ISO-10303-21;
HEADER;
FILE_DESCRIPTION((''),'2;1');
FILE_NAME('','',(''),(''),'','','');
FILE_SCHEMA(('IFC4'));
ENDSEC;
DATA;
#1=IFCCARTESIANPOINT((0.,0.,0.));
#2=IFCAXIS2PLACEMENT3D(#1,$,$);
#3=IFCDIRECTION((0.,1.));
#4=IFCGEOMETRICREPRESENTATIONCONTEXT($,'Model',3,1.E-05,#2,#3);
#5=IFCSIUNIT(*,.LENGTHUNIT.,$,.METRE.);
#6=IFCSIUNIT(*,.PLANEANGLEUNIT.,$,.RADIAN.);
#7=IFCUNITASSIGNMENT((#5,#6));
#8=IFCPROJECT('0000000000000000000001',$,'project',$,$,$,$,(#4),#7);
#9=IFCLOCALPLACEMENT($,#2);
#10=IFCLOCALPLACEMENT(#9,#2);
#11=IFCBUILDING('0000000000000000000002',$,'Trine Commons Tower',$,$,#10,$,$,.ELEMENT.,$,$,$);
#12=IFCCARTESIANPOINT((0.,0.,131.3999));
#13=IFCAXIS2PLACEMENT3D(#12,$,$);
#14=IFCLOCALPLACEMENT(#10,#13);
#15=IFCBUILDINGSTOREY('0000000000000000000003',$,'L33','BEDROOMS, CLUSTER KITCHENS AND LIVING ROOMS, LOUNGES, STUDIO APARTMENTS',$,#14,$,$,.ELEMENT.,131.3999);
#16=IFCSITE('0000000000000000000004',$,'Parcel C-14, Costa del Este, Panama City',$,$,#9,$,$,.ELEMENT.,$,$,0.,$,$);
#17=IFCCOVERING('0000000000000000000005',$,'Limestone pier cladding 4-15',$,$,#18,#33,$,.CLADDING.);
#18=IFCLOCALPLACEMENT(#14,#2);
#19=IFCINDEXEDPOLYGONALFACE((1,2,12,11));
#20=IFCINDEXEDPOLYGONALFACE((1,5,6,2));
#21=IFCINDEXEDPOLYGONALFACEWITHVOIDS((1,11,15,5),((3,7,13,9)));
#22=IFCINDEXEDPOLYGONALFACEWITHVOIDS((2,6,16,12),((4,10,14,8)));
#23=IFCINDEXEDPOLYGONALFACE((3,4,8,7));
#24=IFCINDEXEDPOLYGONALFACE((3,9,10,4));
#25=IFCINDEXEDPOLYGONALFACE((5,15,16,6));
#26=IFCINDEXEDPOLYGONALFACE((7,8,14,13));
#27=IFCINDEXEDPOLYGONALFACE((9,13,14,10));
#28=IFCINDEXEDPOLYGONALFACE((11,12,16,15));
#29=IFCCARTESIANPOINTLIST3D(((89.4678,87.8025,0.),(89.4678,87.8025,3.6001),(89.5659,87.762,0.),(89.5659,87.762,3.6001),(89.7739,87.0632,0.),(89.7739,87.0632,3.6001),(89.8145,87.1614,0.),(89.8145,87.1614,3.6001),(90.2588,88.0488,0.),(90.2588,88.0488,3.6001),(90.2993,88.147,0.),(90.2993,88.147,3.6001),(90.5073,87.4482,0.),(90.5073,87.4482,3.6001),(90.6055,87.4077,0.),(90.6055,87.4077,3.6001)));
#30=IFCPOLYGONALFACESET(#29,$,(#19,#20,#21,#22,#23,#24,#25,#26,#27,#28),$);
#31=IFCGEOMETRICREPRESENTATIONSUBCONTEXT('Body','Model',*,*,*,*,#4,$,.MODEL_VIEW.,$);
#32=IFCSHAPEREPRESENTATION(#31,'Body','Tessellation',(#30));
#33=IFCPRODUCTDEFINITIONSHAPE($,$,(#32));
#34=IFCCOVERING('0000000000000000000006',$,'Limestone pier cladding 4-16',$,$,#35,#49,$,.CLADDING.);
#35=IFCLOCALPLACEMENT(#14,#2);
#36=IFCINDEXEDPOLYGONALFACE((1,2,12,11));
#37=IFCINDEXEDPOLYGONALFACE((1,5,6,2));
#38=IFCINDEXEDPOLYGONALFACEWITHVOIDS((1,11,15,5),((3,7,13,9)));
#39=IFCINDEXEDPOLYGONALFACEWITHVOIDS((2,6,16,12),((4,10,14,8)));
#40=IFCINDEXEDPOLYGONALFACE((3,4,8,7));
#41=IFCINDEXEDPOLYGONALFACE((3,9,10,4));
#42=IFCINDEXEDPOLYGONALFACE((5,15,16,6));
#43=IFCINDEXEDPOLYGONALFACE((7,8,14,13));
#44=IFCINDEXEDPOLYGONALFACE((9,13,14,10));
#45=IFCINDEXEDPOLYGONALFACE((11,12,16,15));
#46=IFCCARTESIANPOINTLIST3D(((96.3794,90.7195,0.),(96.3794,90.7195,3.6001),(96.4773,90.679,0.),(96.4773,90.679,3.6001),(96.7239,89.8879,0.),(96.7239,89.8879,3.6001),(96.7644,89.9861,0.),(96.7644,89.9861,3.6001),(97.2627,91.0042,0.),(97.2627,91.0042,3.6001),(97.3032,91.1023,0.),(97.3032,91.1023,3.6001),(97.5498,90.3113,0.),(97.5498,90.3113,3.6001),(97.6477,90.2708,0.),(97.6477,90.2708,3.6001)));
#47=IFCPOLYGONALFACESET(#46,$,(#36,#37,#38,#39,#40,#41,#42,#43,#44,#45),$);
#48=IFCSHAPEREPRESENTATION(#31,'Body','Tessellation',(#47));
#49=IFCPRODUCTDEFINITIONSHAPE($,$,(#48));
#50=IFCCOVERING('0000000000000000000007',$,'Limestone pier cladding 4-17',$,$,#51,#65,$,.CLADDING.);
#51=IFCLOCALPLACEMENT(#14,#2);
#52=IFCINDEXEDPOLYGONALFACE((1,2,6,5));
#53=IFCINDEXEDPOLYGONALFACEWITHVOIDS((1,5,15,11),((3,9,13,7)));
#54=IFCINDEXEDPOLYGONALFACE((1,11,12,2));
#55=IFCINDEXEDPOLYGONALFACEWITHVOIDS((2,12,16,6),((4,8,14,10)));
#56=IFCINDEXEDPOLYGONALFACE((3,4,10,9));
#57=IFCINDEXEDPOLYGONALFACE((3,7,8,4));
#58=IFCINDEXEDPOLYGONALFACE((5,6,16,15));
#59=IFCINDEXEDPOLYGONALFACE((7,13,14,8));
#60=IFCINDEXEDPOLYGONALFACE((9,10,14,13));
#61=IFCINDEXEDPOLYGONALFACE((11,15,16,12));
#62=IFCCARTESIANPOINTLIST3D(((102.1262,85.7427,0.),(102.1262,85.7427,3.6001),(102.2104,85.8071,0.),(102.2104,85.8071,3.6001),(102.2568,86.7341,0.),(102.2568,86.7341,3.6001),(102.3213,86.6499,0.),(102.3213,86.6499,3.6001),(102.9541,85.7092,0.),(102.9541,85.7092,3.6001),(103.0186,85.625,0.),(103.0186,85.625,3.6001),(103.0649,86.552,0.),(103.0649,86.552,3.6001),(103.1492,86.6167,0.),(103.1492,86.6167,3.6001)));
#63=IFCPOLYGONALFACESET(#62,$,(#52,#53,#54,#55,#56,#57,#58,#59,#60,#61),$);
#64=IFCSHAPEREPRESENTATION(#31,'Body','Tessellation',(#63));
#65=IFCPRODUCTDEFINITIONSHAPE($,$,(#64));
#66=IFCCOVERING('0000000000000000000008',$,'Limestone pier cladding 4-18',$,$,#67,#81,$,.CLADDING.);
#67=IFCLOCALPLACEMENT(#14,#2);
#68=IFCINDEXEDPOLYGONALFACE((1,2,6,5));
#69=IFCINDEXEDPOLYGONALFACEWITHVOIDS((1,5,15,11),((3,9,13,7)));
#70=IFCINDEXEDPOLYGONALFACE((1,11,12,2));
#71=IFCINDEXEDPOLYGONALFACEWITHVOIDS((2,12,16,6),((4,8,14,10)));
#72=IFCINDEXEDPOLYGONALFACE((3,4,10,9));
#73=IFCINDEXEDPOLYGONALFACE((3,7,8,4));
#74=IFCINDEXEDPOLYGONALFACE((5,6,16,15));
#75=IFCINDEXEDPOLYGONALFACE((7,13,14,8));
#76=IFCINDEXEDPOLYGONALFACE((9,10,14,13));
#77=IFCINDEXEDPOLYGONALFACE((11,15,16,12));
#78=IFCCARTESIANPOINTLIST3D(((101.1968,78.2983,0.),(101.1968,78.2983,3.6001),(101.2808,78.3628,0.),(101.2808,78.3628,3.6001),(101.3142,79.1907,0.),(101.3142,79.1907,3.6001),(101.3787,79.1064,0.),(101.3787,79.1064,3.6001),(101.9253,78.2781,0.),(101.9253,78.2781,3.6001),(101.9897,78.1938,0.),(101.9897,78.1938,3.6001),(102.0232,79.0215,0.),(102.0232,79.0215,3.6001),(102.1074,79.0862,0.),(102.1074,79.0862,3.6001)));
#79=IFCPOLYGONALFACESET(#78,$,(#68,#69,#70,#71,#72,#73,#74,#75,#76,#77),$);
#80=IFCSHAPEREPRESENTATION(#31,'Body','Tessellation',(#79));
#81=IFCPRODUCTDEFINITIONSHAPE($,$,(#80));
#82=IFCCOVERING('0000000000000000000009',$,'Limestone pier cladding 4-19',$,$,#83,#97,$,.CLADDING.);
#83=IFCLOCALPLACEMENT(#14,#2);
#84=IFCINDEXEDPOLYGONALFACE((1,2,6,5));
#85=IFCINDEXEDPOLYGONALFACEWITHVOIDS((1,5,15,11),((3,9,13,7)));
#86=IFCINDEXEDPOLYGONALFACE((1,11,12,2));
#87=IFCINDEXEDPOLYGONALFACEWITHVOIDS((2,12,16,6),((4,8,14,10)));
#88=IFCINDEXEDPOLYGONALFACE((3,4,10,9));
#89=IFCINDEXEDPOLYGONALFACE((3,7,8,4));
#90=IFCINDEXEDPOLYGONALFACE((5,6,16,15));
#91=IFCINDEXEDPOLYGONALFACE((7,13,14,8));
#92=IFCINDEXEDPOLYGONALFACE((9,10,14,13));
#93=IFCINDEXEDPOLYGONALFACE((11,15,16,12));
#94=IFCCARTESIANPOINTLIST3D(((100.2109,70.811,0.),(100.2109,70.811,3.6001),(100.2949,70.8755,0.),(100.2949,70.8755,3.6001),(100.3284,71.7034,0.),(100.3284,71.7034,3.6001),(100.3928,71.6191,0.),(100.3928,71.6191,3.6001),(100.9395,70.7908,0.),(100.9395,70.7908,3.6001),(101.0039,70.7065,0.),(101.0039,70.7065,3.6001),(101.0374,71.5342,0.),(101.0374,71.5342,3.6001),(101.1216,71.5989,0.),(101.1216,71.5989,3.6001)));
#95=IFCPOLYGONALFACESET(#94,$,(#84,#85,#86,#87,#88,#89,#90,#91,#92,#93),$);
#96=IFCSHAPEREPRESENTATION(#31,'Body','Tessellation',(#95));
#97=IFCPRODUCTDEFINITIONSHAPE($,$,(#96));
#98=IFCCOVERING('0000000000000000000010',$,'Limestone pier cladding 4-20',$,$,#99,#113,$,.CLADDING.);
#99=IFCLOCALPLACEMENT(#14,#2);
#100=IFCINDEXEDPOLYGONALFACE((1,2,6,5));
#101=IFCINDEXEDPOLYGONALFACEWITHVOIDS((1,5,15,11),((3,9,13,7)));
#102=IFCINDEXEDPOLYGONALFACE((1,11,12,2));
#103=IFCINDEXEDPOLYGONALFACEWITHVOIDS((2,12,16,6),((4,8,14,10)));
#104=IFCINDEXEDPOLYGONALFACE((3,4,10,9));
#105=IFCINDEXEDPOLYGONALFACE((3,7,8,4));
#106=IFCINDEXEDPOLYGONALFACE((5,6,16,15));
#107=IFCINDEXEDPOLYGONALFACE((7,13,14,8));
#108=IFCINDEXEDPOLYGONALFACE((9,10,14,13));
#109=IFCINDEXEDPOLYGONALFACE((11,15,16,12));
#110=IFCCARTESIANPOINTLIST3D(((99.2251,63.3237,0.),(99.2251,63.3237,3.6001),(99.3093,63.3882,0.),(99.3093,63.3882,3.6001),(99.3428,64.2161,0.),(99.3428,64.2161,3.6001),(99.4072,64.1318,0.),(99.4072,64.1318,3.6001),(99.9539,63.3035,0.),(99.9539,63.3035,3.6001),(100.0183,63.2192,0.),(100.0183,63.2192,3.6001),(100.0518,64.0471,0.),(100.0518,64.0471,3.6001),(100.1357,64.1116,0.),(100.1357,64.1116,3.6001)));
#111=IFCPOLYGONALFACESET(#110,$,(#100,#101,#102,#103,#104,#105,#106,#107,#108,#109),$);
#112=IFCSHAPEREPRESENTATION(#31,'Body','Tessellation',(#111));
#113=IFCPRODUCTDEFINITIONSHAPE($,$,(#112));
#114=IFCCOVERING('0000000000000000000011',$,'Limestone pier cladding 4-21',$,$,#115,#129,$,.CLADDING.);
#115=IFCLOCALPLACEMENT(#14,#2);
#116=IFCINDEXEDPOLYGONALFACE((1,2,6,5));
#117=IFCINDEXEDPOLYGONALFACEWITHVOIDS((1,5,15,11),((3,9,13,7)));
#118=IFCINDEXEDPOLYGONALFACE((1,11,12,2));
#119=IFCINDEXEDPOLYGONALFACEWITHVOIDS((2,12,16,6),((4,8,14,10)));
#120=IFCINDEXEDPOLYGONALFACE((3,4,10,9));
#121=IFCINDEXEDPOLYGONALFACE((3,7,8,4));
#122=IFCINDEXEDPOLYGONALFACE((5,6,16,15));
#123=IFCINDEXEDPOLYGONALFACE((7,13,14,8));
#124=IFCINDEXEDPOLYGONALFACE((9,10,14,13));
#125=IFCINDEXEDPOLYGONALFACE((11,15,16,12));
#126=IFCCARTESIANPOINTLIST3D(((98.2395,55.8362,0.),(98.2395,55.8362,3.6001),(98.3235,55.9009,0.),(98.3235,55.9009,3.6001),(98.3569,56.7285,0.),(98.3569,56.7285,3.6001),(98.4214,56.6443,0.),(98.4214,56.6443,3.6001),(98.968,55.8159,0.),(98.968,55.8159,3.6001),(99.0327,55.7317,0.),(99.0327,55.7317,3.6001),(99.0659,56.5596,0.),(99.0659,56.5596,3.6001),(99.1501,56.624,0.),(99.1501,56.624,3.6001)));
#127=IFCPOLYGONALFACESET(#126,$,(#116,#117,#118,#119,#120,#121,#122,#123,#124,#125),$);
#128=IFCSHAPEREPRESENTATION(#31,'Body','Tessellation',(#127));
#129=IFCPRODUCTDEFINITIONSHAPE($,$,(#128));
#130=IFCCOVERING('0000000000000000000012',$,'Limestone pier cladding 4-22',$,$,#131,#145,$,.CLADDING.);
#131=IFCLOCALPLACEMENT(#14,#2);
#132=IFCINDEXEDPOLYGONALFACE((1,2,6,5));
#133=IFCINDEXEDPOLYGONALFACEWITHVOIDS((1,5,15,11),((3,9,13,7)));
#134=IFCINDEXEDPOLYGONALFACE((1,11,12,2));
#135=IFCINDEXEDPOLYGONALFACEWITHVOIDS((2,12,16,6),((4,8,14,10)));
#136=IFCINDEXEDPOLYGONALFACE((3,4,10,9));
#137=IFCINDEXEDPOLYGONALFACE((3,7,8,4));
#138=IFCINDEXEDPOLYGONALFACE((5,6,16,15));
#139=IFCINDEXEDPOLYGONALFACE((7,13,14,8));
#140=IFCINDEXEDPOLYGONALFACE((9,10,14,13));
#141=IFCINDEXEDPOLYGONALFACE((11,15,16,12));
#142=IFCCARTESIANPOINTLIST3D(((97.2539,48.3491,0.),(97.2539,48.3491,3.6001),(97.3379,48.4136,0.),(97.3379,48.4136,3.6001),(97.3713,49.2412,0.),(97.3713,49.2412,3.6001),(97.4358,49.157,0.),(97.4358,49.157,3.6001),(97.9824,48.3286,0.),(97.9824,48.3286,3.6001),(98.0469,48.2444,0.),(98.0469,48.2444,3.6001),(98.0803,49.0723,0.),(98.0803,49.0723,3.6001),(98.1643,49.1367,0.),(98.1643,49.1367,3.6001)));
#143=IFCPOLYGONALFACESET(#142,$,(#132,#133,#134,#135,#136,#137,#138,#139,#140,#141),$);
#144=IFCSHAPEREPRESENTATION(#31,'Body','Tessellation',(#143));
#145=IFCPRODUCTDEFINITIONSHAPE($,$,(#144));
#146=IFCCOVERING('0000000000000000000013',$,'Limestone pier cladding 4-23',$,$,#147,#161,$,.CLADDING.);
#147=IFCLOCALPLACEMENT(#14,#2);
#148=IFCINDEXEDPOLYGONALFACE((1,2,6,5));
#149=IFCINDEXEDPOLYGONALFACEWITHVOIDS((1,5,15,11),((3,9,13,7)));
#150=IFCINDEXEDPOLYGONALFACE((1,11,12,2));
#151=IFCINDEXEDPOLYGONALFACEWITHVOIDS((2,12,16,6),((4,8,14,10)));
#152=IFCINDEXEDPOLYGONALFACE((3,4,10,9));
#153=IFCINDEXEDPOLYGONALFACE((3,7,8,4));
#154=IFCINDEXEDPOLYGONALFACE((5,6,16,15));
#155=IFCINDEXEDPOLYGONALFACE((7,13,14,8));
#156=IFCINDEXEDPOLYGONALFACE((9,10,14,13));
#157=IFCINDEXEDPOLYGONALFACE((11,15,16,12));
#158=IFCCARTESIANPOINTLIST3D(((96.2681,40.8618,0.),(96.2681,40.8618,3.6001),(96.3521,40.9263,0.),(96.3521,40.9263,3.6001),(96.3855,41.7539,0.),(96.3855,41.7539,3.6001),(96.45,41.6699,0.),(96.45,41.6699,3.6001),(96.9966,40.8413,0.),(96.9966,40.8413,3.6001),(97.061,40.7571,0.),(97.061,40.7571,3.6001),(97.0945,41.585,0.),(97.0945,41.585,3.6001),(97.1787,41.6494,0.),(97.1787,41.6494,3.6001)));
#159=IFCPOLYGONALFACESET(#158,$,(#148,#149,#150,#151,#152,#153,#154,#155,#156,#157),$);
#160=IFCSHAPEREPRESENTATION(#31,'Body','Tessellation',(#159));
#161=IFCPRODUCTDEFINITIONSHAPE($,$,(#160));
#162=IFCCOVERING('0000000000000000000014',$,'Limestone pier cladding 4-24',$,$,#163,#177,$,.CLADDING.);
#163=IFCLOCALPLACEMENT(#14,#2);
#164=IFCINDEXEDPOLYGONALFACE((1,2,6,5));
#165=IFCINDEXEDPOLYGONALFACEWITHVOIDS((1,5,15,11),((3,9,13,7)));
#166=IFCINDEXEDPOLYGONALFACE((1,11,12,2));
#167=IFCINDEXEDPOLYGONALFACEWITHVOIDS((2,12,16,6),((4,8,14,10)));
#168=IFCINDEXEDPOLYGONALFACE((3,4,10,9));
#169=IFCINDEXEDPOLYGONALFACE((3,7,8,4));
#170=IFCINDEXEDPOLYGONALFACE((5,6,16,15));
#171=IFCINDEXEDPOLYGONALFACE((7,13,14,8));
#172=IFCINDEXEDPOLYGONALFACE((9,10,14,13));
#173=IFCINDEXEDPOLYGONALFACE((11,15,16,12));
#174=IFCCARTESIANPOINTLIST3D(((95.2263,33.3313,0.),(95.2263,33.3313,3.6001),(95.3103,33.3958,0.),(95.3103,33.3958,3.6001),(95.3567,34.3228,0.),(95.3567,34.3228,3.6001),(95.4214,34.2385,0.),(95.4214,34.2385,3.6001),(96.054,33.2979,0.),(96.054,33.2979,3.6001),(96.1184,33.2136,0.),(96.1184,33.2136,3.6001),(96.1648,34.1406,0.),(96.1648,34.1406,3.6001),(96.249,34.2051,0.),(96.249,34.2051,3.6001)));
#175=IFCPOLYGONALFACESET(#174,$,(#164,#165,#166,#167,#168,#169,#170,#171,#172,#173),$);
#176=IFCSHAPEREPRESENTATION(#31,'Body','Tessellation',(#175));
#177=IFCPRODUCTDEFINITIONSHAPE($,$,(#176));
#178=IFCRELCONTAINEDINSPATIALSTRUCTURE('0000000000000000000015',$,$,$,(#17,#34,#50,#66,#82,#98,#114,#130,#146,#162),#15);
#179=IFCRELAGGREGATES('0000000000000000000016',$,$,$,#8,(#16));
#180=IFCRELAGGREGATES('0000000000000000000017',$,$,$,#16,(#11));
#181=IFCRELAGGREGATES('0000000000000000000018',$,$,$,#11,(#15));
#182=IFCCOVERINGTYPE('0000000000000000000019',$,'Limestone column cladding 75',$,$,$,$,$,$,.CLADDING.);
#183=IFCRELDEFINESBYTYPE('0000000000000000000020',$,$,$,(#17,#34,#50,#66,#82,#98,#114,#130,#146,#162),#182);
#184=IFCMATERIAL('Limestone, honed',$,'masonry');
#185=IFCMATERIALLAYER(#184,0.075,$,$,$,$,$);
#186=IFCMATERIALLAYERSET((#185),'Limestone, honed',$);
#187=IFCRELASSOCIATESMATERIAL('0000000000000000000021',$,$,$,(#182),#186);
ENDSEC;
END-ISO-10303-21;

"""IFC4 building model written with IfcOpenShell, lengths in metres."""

from ifc_helpers import new_model, si_unit, direction, frame, origin, place, context, subcontext, project, spatial, polyline, outline, extrude, material, layer, layer_set, type_object, element, save


model = new_model("IFC4")

# Units and contexts
model_context = context("Model", 3, precision=1e-05, world=origin(), true_north=direction((0.0, 1.0)))
body_context = subcontext(model_context, "Body", "Model", "MODEL_VIEW")
ifc_project = project(units=[si_unit("LENGTHUNIT", "METRE"), si_unit("PLANEANGLEUNIT", "RADIAN")], contexts=[model_context])

# Site, building, storey
site_placement = place(None, origin())
site = spatial("IfcSite", under=ifc_project, at=site_placement, Name="Parcel C-14, Costa del Este, Panama City", CompositionType="ELEMENT", RefElevation=0.0)
building_placement = place(site_placement, origin())
building = spatial("IfcBuilding", under=site, at=building_placement, Name="Trine Commons Tower", CompositionType="ELEMENT")
storey_placement = place(building_placement, frame((0.0, 0.0, 131.3999)))
storey = spatial("IfcBuildingStorey", under=building, at=storey_placement, Name="L33", Description="BEDROOMS, CLUSTER KITCHENS AND LIVING ROOMS, LOUNGES, STUDIO APARTMENTS", CompositionType="ELEMENT", Elevation=131.3999)

# Coverings
ifc_material_1 = material(Name="Limestone, honed", Category="masonry")
ifc_layer_1 = layer(ifc_material_1, 0.075)
ifc_layer_set_1 = layer_set([ifc_layer_1], Name="Limestone, honed")
covering_type_1 = type_object("IfcCoveringType", Name="Limestone column cladding 75", PredefinedType="CLADDING", material=ifc_layer_set_1)
covering_1_placement = place(storey_placement, origin())
element("IfcCovering", 1, at=covering_1_placement, inside=storey, type_object=covering_type_1, Name="Limestone pier cladding 4-15", PredefinedType="CLADDING", context=body_context, shape_type="SweptSolid", body=[
    extrude(outline(polyline([(90.6055, 87.4077), (90.2993, 88.147), (89.4678, 87.8025), (89.7739, 87.0632), (90.6055, 87.4077)]), holes=[polyline([(90.5073, 87.4482), (90.2588, 88.0488), (89.5659, 87.762), (89.8145, 87.1614), (90.5073, 87.4482)])]), origin(), (0.0, 0.0, 1.0), 3.6001),
])
covering_2_placement = place(storey_placement, origin())
element("IfcCovering", 2, at=covering_2_placement, inside=storey, type_object=covering_type_1, Name="Limestone pier cladding 4-16", PredefinedType="CLADDING", context=body_context, shape_type="SweptSolid", body=[
    extrude(outline(polyline([(97.6477, 90.2708), (97.3032, 91.1023), (96.3794, 90.7195), (96.7239, 89.8879), (97.6477, 90.2708)]), holes=[polyline([(97.5498, 90.3113), (97.2627, 91.0042), (96.4773, 90.679), (96.7644, 89.9861), (97.5498, 90.3113)])]), origin(), (0.0, 0.0, 1.0), 3.6001),
])
covering_3_placement = place(storey_placement, origin())
element("IfcCovering", 3, at=covering_3_placement, inside=storey, type_object=covering_type_1, Name="Limestone pier cladding 4-17", PredefinedType="CLADDING", context=body_context, shape_type="SweptSolid", body=[
    extrude(outline(polyline([(103.1492, 86.6167), (102.2568, 86.7341), (102.1262, 85.7427), (103.0186, 85.625), (103.1492, 86.6167)]), holes=[polyline([(103.0649, 86.552), (102.3213, 86.6499), (102.2104, 85.8071), (102.9541, 85.7092), (103.0649, 86.552)])]), origin(), (0.0, 0.0, 1.0), 3.6001),
])
covering_4_placement = place(storey_placement, origin())
element("IfcCovering", 4, at=covering_4_placement, inside=storey, type_object=covering_type_1, Name="Limestone pier cladding 4-18", PredefinedType="CLADDING", context=body_context, shape_type="SweptSolid", body=[
    extrude(outline(polyline([(102.1074, 79.0862), (101.3142, 79.1907), (101.1968, 78.2983), (101.9897, 78.1938), (102.1074, 79.0862)]), holes=[polyline([(102.0232, 79.0215), (101.3787, 79.1064), (101.2808, 78.3628), (101.9253, 78.2781), (102.0232, 79.0215)])]), origin(), (0.0, 0.0, 1.0), 3.6001),
])
covering_5_placement = place(storey_placement, origin())
element("IfcCovering", 5, at=covering_5_placement, inside=storey, type_object=covering_type_1, Name="Limestone pier cladding 4-19", PredefinedType="CLADDING", context=body_context, shape_type="SweptSolid", body=[
    extrude(outline(polyline([(101.1216, 71.5989), (100.3284, 71.7034), (100.2109, 70.811), (101.0039, 70.7065), (101.1216, 71.5989)]), holes=[polyline([(101.0374, 71.5342), (100.3928, 71.6191), (100.2949, 70.8755), (100.9395, 70.7908), (101.0374, 71.5342)])]), origin(), (0.0, 0.0, 1.0), 3.6001),
])
covering_6_placement = place(storey_placement, origin())
element("IfcCovering", 6, at=covering_6_placement, inside=storey, type_object=covering_type_1, Name="Limestone pier cladding 4-20", PredefinedType="CLADDING", context=body_context, shape_type="SweptSolid", body=[
    extrude(outline(polyline([(100.1357, 64.1116), (99.3428, 64.2161), (99.2251, 63.3237), (100.0183, 63.2192), (100.1357, 64.1116)]), holes=[polyline([(100.0518, 64.0471), (99.4072, 64.1318), (99.3093, 63.3882), (99.9539, 63.3035), (100.0518, 64.0471)])]), origin(), (0.0, 0.0, 1.0), 3.6001),
])
covering_7_placement = place(storey_placement, origin())
element("IfcCovering", 7, at=covering_7_placement, inside=storey, type_object=covering_type_1, Name="Limestone pier cladding 4-21", PredefinedType="CLADDING", context=body_context, shape_type="SweptSolid", body=[
    extrude(outline(polyline([(99.1501, 56.624), (98.3569, 56.7285), (98.2395, 55.8362), (99.0327, 55.7317), (99.1501, 56.624)]), holes=[polyline([(99.0659, 56.5596), (98.4214, 56.6443), (98.3235, 55.9009), (98.968, 55.8159), (99.0659, 56.5596)])]), origin(), (0.0, 0.0, 1.0), 3.6001),
])
covering_8_placement = place(storey_placement, origin())
element("IfcCovering", 8, at=covering_8_placement, inside=storey, type_object=covering_type_1, Name="Limestone pier cladding 4-22", PredefinedType="CLADDING", context=body_context, shape_type="SweptSolid", body=[
    extrude(outline(polyline([(98.1643, 49.1367), (97.3713, 49.2412), (97.2539, 48.3491), (98.0469, 48.2444), (98.1643, 49.1367)]), holes=[polyline([(98.0803, 49.0723), (97.4358, 49.157), (97.3379, 48.4136), (97.9824, 48.3286), (98.0803, 49.0723)])]), origin(), (0.0, 0.0, 1.0), 3.6001),
])
covering_9_placement = place(storey_placement, origin())
element("IfcCovering", 9, at=covering_9_placement, inside=storey, type_object=covering_type_1, Name="Limestone pier cladding 4-23", PredefinedType="CLADDING", context=body_context, shape_type="SweptSolid", body=[
    extrude(outline(polyline([(97.1787, 41.6494), (96.3855, 41.7539), (96.2681, 40.8618), (97.061, 40.7571), (97.1787, 41.6494)]), holes=[polyline([(97.0945, 41.585), (96.45, 41.6699), (96.3521, 40.9263), (96.9966, 40.8413), (97.0945, 41.585)])]), origin(), (0.0, 0.0, 1.0), 3.6001),
])
covering_10_placement = place(storey_placement, origin())
element("IfcCovering", 10, at=covering_10_placement, inside=storey, type_object=covering_type_1, Name="Limestone pier cladding 4-24", PredefinedType="CLADDING", context=body_context, shape_type="SweptSolid", body=[
    extrude(outline(polyline([(96.249, 34.2051), (95.3567, 34.3228), (95.2263, 33.3313), (96.1184, 33.2136), (96.249, 34.2051)]), holes=[polyline([(96.1648, 34.1406), (95.4214, 34.2385), (95.3103, 33.3958), (96.054, 33.2979), (96.1648, 34.1406)])]), origin(), (0.0, 0.0, 1.0), 3.6001),
])

save(model, "model.ifc")
